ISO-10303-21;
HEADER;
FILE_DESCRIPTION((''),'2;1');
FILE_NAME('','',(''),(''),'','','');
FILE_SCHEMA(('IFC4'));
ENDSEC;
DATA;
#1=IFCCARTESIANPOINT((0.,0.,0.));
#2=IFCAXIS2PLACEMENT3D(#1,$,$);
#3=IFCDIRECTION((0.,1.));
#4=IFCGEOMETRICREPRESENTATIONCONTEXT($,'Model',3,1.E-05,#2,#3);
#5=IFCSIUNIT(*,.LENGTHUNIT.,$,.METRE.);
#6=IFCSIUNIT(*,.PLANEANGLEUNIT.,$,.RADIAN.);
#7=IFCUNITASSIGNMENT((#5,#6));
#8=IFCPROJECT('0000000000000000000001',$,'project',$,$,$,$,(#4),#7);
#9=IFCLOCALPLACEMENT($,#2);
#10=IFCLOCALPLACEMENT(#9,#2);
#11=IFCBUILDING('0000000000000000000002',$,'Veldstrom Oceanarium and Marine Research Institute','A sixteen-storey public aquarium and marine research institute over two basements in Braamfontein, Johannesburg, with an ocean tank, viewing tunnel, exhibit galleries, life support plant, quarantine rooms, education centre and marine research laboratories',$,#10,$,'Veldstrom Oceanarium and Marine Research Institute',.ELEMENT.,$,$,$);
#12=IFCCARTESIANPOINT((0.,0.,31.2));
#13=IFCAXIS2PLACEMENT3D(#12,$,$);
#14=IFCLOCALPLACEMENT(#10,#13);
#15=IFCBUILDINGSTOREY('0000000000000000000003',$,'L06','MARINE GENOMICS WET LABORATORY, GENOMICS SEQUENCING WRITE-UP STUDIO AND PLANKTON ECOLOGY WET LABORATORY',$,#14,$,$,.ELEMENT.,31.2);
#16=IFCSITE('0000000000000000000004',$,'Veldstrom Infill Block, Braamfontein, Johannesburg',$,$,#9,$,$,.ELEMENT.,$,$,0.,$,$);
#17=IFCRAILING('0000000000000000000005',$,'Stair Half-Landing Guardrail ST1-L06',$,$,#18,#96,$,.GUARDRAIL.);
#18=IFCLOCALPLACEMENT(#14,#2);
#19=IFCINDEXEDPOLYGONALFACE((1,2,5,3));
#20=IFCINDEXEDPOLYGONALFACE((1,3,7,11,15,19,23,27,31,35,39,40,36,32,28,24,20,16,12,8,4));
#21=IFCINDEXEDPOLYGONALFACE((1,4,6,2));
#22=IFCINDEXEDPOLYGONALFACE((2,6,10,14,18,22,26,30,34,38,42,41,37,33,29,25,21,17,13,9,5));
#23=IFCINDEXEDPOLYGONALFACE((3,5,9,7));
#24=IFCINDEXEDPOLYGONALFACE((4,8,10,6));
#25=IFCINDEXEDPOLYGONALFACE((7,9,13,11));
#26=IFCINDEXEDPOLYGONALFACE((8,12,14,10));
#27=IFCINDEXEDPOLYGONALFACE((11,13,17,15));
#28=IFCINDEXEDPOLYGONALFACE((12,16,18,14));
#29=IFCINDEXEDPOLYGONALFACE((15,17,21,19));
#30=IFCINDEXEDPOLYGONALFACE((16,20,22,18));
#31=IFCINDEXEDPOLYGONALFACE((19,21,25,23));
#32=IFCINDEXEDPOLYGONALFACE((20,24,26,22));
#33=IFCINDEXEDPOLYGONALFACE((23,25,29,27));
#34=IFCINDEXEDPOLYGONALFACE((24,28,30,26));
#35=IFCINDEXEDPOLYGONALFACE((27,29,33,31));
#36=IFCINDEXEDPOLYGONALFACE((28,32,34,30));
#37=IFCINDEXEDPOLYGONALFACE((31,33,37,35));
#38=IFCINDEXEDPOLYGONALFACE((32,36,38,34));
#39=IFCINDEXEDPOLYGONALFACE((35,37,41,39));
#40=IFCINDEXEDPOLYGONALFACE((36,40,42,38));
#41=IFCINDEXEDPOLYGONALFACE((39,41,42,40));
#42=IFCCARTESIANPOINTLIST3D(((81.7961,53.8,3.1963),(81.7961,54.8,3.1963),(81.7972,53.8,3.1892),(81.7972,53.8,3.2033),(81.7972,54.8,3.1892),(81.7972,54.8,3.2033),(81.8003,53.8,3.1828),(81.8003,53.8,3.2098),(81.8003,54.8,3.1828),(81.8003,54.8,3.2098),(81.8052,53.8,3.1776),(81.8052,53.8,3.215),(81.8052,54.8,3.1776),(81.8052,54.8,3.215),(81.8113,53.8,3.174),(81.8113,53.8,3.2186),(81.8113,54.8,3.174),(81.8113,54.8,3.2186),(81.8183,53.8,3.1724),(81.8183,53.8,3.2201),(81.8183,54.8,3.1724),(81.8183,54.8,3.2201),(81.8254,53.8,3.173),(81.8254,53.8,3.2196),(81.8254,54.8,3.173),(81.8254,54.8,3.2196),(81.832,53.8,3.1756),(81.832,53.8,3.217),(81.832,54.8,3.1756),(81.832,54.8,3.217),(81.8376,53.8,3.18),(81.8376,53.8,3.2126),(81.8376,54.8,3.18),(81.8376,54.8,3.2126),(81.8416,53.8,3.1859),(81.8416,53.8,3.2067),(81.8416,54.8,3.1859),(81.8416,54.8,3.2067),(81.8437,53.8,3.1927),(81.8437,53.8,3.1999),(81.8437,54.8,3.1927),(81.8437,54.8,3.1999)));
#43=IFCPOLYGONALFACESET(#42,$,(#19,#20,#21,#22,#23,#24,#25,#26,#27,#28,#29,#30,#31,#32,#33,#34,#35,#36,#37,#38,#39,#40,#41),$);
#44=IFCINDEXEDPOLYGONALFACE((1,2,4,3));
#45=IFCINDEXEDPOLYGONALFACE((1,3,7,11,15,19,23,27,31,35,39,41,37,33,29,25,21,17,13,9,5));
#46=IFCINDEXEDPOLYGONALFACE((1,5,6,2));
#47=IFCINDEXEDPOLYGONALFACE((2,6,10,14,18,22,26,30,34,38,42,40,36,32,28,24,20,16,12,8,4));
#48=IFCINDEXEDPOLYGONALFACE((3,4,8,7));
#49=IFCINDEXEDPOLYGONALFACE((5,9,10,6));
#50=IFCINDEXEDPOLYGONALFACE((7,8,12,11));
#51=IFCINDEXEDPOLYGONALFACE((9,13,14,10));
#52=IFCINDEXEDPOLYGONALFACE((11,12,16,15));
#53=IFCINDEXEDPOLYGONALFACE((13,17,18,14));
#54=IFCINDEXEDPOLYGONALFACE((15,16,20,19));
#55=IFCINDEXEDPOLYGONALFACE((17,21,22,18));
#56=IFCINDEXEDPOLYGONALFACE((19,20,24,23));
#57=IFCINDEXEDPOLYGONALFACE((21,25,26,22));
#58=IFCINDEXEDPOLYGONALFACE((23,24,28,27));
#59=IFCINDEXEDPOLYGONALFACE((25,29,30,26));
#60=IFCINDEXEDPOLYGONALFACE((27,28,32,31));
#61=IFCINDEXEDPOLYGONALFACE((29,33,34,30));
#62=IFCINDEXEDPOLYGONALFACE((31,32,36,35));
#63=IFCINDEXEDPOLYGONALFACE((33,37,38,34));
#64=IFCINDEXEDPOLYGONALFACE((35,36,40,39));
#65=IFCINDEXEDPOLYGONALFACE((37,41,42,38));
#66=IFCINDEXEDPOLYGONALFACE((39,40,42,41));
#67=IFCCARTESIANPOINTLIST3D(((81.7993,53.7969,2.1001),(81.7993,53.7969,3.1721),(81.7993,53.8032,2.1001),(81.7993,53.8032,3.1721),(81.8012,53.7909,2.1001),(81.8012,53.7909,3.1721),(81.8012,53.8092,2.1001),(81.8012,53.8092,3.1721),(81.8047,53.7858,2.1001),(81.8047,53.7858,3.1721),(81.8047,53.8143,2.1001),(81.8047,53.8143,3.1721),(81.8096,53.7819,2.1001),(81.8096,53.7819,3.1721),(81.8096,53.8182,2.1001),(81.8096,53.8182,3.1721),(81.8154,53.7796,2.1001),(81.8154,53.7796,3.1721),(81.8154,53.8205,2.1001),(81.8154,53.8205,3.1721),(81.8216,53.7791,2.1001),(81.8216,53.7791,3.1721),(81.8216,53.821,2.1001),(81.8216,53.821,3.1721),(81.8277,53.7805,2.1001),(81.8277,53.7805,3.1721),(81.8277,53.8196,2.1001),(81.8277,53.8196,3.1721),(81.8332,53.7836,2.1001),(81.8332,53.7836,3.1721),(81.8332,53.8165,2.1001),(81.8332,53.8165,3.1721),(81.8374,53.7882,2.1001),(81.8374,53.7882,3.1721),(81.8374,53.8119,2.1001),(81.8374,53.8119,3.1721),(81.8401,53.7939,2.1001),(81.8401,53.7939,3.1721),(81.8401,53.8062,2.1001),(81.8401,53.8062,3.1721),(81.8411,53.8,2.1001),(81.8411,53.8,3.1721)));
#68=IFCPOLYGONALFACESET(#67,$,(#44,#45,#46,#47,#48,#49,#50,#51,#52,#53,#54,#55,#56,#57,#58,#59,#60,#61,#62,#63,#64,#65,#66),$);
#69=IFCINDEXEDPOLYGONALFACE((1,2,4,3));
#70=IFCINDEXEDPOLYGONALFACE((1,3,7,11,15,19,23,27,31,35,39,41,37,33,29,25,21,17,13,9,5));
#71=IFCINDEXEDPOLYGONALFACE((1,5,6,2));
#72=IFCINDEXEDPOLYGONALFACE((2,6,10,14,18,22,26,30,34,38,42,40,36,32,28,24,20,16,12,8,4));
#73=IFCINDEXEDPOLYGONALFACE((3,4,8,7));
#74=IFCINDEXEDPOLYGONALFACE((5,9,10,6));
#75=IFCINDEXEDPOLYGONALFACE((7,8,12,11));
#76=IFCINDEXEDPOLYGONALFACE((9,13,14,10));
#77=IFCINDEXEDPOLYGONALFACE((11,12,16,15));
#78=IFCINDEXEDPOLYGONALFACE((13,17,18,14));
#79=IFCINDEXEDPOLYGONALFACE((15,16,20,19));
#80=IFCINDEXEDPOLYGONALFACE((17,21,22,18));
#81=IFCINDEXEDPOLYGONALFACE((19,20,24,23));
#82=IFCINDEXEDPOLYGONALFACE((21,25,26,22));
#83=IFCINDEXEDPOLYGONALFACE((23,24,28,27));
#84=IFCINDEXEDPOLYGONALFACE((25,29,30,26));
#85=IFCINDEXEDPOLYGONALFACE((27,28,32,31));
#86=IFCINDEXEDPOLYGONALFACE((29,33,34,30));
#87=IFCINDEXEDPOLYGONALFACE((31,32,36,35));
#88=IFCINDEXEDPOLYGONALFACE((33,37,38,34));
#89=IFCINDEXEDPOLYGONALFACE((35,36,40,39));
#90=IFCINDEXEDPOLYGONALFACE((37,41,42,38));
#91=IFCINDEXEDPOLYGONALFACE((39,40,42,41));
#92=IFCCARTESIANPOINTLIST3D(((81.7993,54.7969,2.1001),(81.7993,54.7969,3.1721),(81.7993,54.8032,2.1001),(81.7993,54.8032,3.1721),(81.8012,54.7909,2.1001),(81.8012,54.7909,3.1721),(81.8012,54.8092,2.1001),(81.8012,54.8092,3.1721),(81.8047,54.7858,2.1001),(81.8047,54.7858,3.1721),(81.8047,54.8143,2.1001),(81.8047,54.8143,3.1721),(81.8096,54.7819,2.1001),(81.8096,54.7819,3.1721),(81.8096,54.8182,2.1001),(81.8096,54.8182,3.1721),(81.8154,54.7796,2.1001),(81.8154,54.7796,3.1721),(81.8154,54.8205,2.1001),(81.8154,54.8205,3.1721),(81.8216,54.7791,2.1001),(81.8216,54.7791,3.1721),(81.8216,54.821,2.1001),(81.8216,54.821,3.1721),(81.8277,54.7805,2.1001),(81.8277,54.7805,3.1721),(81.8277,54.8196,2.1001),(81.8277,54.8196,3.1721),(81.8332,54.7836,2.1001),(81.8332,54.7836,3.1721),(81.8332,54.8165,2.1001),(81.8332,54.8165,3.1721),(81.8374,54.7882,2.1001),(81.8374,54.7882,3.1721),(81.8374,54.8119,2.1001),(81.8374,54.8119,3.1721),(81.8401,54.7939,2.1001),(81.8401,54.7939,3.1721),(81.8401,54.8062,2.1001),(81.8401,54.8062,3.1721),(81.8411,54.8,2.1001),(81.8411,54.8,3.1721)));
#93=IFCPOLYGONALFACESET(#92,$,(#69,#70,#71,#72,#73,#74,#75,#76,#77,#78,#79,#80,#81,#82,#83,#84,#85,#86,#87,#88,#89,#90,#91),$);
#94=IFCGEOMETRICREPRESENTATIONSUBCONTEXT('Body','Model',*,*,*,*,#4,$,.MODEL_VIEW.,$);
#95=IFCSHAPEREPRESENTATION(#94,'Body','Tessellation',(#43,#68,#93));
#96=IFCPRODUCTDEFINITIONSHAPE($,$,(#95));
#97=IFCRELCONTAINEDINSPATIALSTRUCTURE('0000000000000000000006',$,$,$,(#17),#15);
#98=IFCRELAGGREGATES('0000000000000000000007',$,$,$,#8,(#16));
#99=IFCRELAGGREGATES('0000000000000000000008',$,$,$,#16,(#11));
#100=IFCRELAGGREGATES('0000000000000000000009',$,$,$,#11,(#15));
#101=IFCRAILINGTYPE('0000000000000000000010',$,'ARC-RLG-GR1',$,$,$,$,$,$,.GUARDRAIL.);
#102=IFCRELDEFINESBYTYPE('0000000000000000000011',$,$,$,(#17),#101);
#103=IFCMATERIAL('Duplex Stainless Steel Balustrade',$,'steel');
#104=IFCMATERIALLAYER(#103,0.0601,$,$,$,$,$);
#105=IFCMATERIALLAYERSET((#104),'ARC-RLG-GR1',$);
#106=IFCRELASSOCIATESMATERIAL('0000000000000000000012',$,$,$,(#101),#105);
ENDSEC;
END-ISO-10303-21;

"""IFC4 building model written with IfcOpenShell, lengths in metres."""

from ifc_helpers import new_model, si_unit, direction, frame, origin, origin_2d, place, context, subcontext, project, spatial, circle, extrude, material, layer, layer_set, type_object, element, save


model = new_model("IFC4")

# Units and contexts
model_context = context("Model", 3, precision=1e-05, world=origin(), true_north=direction((0.0, 1.0)))
body_context = subcontext(model_context, "Body", "Model", "MODEL_VIEW")
ifc_project = project(units=[si_unit("LENGTHUNIT", "METRE"), si_unit("PLANEANGLEUNIT", "RADIAN")], contexts=[model_context])

# Site, building, storey
site_placement = place(None, origin())
site = spatial("IfcSite", under=ifc_project, at=site_placement, Name="Veldstrom Infill Block, Braamfontein, Johannesburg", CompositionType="ELEMENT", RefElevation=0.0)
building_placement = place(site_placement, origin())
building = spatial("IfcBuilding", under=site, at=building_placement, Name="Veldstrom Oceanarium and Marine Research Institute", Description="A sixteen-storey public aquarium and marine research institute over two basements in Braamfontein, Johannesburg, with an ocean tank, viewing tunnel, exhibit galleries, life support plant, quarantine rooms, education centre and marine research laboratories", LongName="Veldstrom Oceanarium and Marine Research Institute", CompositionType="ELEMENT")
storey_placement = place(building_placement, frame((0.0, 0.0, 31.2)))
storey = spatial("IfcBuildingStorey", under=building, at=storey_placement, Name="L06", Description="MARINE GENOMICS WET LABORATORY, GENOMICS SEQUENCING WRITE-UP STUDIO AND PLANKTON ECOLOGY WET LABORATORY", CompositionType="ELEMENT", Elevation=31.2)

# Railing
ifc_material_1 = material(Name="Duplex Stainless Steel Balustrade", Category="steel")
ifc_layer_1 = layer(ifc_material_1, 0.0601)
ifc_layer_set_1 = layer_set([ifc_layer_1], Name="ARC-RLG-GR1")
railing_type_1 = type_object("IfcRailingType", Name="ARC-RLG-GR1", PredefinedType="GUARDRAIL", material=ifc_layer_set_1)
railing_1_placement = place(storey_placement, frame((81.8201, 53.8, 2.1001)))
element("IfcRailing", 1, at=railing_1_placement, inside=storey, type_object=railing_type_1, Name="Stair Half-Landing Guardrail ST1-L06", PredefinedType="GUARDRAIL", context=body_context, shape_type="SweptSolid", body=[
    extrude(circle(Radius=0.0239, at=origin_2d()), frame((0.0, 0.0, 1.0962), z_axis=(0.0, 1.0, 0.0), x_axis=(-1.0, 0.0, 0.0)), (0.0, 0.0, 1.0), 1.0),
    extrude(circle(Radius=0.021, at=origin_2d()), origin(), (0.0, 0.0, 1.0), 1.072),
    extrude(circle(Radius=0.021, at=origin_2d()), frame((0.0, 1.0, 0.0)), (0.0, 0.0, 1.0), 1.072),
])

save(model, "model.ifc")
